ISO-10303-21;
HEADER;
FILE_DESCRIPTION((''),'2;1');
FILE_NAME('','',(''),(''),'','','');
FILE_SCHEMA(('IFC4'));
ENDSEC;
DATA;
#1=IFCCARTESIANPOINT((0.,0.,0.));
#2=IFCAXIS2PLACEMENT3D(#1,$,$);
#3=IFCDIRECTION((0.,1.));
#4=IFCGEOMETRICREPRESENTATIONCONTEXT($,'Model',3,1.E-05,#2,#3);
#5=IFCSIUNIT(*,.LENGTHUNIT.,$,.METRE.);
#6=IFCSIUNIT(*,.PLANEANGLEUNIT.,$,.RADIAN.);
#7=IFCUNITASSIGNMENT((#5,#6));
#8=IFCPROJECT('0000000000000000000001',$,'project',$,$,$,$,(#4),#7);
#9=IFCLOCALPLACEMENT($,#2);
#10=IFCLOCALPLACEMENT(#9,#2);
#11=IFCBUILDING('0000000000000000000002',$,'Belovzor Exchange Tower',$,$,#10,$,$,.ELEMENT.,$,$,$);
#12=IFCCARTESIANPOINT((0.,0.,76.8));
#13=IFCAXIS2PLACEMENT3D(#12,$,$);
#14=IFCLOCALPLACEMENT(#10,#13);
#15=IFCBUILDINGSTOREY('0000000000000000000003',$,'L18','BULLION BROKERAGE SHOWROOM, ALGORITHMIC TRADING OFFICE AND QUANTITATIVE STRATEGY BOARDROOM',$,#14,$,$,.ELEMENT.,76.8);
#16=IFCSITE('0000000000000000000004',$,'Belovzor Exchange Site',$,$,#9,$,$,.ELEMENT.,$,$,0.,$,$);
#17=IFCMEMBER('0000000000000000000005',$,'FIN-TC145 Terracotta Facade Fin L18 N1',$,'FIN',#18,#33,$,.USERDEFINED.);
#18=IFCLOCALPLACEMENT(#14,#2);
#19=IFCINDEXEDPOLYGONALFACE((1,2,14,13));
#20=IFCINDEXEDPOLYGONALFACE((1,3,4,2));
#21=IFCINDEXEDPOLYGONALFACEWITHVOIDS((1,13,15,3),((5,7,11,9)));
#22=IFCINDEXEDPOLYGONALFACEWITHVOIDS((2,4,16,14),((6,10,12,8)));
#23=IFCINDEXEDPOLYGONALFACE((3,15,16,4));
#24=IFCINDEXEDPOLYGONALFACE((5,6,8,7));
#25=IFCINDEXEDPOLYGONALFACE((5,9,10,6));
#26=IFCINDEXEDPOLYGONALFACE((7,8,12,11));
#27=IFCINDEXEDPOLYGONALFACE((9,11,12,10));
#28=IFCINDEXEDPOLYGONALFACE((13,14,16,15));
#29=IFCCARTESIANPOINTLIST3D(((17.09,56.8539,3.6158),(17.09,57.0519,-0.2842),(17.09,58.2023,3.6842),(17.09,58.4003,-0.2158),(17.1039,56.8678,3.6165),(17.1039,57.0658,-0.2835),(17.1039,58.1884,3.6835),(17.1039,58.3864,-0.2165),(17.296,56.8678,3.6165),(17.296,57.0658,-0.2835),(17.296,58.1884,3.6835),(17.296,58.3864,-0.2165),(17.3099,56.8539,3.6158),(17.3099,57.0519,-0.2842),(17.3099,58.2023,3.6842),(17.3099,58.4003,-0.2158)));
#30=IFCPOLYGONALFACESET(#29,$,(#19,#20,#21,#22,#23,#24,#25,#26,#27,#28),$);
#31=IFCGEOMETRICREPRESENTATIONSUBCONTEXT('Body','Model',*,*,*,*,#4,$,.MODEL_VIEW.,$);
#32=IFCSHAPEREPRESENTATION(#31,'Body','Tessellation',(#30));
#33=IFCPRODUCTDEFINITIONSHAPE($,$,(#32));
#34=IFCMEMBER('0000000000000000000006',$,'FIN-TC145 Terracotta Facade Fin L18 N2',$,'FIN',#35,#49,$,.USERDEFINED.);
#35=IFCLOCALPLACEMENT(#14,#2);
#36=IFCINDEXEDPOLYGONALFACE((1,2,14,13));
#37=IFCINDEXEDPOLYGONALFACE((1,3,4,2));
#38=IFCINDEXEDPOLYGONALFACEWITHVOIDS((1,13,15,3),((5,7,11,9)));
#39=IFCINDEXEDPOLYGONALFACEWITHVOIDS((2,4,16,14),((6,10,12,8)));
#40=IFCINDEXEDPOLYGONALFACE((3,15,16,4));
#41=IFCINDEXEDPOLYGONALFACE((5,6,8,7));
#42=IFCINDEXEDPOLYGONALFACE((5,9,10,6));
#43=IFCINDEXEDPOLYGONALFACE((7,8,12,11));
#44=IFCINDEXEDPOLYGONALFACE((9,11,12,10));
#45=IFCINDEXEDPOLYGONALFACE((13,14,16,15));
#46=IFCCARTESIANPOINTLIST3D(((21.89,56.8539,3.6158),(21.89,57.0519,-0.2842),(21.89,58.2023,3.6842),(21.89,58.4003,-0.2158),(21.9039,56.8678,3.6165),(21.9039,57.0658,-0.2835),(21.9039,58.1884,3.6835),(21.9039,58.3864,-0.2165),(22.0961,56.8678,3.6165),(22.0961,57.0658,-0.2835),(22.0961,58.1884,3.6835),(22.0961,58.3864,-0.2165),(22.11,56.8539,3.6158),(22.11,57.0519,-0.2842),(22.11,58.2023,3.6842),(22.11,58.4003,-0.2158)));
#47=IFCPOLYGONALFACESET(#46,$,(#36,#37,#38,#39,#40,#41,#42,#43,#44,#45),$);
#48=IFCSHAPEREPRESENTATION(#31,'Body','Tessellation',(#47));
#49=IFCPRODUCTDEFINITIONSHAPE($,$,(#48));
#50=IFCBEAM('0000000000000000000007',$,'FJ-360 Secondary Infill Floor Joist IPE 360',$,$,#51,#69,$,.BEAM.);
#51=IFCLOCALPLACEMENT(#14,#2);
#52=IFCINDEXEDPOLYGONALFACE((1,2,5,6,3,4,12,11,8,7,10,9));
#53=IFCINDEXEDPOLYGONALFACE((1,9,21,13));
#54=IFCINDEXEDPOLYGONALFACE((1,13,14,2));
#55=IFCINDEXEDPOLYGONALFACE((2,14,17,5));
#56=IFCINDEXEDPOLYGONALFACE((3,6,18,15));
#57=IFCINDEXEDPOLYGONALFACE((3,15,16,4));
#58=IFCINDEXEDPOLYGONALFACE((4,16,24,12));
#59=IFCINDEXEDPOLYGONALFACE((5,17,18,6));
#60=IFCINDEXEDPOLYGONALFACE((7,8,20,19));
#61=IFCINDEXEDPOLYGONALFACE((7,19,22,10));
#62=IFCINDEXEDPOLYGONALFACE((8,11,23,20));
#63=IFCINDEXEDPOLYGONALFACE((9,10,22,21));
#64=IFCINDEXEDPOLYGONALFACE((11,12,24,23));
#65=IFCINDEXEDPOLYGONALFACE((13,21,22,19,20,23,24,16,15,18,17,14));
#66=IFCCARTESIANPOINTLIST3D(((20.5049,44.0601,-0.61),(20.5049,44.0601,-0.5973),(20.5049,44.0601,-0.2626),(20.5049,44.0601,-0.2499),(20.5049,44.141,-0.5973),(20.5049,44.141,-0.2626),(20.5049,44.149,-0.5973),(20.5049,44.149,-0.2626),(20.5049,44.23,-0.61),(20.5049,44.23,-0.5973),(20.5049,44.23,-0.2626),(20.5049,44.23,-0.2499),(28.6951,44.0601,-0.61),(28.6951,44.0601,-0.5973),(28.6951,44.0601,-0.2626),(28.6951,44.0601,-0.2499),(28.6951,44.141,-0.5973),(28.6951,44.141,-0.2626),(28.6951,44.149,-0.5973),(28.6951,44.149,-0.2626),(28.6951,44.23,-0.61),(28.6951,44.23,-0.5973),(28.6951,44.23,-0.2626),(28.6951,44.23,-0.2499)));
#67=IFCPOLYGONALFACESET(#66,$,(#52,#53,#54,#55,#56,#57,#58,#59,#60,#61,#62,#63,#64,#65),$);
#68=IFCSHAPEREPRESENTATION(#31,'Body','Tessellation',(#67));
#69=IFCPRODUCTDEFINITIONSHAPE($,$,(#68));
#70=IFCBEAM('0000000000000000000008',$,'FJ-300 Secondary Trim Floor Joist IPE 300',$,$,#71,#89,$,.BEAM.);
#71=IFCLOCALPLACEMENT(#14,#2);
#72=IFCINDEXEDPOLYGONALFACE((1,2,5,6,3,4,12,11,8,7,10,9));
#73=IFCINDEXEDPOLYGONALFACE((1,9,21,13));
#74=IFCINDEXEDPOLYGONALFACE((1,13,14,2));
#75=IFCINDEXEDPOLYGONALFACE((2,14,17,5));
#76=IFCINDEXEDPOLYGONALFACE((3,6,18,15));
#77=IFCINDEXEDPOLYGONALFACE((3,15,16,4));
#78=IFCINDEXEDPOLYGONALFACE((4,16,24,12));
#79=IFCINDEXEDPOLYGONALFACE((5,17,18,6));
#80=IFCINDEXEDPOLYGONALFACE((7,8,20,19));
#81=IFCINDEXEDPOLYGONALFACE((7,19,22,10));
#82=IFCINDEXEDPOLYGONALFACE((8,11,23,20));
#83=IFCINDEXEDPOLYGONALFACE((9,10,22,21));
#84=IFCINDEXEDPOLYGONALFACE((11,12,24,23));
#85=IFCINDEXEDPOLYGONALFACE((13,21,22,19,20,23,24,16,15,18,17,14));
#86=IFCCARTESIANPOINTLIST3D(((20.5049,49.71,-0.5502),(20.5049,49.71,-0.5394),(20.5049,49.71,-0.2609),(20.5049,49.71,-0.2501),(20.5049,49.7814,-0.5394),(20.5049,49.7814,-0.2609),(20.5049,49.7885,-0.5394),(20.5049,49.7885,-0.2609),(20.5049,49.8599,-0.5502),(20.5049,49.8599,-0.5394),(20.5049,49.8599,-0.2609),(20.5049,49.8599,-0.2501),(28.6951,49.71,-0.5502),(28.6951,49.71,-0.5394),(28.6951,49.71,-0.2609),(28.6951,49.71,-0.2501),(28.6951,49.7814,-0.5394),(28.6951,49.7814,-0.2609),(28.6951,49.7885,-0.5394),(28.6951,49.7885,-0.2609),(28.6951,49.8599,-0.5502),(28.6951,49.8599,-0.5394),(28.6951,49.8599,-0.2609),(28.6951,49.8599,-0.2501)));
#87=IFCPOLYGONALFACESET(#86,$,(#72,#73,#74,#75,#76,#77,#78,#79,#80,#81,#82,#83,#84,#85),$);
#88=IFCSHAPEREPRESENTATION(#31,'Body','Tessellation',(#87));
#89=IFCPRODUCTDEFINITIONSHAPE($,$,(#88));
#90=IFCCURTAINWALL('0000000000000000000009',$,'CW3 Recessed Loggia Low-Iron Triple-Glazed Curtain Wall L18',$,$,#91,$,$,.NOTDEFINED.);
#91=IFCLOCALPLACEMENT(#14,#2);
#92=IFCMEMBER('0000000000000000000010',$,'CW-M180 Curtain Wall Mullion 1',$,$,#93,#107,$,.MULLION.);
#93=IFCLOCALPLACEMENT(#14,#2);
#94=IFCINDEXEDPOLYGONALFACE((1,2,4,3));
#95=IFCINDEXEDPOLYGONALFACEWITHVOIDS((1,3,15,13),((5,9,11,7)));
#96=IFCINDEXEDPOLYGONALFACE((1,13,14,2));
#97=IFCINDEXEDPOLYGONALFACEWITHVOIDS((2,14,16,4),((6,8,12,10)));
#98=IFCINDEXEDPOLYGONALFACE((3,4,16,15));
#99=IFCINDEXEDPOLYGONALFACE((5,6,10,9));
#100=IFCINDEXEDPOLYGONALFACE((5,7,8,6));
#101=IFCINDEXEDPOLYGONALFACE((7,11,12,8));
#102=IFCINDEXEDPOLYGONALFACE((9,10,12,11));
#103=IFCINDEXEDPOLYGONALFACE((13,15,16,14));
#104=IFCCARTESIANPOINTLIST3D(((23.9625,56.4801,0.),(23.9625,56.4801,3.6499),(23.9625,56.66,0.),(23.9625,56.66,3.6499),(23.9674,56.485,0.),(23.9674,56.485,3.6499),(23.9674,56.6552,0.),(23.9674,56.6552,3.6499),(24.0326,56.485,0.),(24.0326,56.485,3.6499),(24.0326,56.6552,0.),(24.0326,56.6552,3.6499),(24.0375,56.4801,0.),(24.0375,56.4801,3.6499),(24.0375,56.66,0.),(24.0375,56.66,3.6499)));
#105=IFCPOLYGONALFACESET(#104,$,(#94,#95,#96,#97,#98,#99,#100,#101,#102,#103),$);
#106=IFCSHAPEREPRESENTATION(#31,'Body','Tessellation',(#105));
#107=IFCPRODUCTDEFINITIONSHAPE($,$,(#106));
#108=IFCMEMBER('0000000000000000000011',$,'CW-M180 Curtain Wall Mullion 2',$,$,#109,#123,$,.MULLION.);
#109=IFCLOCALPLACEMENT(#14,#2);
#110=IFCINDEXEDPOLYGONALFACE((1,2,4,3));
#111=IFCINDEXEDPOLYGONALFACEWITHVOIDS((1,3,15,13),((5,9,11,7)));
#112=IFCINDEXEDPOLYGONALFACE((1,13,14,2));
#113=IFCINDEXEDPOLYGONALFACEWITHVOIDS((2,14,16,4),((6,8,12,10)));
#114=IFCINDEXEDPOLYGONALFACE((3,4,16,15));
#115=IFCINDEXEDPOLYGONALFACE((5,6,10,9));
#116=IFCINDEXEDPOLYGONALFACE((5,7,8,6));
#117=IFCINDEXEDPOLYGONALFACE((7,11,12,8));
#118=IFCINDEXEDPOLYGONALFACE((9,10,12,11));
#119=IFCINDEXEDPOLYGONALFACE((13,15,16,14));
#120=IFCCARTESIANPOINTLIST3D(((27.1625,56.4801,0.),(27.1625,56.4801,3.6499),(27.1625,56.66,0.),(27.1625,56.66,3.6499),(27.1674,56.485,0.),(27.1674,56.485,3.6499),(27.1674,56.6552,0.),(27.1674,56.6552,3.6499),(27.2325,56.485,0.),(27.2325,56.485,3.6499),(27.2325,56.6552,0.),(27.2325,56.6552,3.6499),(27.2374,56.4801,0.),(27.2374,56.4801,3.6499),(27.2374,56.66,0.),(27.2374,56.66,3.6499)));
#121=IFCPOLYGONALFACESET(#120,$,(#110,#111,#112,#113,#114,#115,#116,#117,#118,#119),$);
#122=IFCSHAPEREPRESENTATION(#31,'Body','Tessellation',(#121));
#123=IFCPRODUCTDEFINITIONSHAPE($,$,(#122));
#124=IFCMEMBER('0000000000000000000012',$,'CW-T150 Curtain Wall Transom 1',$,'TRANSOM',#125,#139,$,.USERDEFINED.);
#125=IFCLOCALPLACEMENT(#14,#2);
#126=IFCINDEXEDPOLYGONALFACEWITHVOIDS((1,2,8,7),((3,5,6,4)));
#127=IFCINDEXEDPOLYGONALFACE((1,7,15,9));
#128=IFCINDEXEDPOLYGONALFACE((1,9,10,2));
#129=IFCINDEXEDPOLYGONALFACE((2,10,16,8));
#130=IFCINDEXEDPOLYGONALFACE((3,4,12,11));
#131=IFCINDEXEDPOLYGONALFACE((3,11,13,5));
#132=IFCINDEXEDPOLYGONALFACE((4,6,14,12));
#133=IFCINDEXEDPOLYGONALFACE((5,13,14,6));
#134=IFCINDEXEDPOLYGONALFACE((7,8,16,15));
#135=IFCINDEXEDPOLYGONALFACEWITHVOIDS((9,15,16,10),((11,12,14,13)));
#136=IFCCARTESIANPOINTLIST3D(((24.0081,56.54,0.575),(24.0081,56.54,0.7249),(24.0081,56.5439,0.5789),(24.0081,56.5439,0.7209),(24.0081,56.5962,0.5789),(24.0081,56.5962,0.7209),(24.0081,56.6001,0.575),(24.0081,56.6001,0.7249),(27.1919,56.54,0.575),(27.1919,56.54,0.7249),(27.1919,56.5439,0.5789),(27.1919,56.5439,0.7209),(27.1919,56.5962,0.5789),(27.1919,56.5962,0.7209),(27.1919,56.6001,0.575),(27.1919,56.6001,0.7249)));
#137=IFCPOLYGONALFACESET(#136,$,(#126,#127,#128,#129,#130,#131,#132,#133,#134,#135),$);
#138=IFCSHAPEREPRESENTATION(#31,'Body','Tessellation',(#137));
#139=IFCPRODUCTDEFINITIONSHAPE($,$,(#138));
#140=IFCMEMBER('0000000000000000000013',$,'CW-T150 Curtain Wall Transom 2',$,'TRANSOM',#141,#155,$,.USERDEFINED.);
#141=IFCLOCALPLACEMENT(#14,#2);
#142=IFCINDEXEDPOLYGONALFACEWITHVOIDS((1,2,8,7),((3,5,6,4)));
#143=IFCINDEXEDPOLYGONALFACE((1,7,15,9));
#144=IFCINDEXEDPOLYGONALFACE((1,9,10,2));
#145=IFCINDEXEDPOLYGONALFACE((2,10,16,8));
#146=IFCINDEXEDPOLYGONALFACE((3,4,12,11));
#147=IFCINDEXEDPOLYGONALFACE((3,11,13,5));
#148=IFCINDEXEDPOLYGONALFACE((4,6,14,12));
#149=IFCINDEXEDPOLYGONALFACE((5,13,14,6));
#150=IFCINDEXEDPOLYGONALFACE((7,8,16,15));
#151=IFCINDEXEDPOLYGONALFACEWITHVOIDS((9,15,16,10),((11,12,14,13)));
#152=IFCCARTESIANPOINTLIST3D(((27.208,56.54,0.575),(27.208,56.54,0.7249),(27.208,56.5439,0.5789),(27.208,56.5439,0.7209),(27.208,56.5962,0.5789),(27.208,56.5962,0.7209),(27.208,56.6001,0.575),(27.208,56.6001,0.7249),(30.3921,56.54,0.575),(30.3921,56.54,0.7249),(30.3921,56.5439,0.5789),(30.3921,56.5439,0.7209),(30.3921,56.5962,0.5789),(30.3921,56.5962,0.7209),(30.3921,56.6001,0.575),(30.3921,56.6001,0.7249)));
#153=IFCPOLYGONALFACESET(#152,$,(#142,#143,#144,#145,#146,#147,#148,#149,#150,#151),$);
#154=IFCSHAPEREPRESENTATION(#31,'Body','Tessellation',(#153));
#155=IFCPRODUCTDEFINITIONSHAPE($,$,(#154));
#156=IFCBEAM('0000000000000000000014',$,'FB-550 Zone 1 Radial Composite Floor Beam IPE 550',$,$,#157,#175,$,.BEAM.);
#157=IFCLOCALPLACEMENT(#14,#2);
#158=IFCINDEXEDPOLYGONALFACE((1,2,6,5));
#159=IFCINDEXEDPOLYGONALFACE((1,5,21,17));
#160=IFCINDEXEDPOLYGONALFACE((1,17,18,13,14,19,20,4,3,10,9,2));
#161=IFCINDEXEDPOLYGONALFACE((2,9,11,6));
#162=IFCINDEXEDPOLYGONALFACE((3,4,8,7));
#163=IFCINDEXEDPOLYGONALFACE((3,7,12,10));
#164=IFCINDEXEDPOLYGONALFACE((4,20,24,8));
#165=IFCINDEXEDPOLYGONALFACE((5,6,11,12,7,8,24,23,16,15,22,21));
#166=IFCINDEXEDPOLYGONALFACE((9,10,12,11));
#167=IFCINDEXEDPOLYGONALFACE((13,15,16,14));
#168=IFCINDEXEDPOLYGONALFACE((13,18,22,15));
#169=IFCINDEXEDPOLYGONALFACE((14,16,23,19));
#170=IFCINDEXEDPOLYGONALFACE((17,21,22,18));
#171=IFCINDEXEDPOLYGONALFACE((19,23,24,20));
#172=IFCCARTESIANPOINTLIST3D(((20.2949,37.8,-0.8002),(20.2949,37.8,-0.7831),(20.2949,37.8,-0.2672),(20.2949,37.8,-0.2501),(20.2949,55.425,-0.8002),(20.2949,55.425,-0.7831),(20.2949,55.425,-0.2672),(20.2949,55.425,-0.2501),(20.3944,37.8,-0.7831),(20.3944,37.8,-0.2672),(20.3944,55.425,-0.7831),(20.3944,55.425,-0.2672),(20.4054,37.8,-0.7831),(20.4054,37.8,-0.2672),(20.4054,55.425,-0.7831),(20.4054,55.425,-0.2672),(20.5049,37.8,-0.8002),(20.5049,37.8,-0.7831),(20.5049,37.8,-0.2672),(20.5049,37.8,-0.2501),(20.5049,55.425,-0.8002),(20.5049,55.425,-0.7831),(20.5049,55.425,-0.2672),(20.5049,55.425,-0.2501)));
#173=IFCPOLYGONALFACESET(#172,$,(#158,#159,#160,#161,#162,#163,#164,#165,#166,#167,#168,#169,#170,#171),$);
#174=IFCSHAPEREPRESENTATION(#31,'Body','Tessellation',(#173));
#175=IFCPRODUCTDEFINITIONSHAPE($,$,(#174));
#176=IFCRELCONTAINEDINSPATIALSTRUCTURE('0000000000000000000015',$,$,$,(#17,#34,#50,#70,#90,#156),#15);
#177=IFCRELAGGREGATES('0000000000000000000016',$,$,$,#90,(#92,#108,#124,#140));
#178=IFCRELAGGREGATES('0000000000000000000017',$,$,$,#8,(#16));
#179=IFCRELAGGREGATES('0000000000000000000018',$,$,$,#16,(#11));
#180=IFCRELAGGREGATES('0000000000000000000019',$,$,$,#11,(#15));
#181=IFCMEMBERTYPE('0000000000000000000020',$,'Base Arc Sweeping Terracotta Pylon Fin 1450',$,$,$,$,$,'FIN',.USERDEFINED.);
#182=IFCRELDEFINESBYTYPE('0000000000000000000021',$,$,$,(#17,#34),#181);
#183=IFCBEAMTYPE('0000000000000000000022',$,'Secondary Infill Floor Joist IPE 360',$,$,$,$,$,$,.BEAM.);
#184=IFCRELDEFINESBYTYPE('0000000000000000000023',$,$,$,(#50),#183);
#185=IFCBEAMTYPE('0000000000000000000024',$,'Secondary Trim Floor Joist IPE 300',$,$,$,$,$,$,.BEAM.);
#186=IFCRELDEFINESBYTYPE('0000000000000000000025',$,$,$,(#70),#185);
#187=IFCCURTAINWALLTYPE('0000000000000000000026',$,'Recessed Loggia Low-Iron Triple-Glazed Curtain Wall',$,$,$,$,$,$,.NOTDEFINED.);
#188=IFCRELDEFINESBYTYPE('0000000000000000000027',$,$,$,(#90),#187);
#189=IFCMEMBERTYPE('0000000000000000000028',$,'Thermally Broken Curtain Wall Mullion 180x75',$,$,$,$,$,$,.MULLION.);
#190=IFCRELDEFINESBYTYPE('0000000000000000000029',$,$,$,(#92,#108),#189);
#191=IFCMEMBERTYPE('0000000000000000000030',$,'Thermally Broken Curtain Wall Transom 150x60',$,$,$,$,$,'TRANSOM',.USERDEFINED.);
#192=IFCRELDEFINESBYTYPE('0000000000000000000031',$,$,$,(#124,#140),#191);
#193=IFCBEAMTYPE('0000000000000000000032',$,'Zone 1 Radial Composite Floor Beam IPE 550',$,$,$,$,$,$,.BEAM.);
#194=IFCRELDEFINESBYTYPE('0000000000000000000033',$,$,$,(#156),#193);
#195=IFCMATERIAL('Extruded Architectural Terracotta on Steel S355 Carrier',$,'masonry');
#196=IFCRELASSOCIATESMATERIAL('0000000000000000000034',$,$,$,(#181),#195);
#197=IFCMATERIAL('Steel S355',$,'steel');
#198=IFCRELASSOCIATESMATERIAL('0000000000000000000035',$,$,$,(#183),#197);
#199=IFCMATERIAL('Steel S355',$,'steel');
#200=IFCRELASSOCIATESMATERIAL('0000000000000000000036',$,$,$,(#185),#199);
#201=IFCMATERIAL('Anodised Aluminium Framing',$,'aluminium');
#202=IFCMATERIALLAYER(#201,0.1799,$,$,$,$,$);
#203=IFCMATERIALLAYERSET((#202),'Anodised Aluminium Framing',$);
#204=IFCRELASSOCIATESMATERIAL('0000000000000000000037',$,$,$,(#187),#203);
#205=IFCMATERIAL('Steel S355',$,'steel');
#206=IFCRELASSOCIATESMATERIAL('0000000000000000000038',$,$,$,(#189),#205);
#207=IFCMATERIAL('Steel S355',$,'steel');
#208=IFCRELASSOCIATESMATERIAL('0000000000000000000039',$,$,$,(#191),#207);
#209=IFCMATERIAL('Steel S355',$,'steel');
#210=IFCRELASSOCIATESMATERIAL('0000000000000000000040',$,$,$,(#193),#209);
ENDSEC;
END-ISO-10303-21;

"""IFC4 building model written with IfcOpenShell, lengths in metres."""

from ifc_helpers import new_model, si_unit, direction, frame, origin, origin_2d, place, context, subcontext, project, spatial, hollow_rectangle, i_section, extrude, material, layer, layer_set, material_profile, profile_set, type_object, element, aggregate, save


model = new_model("IFC4")

# Units and contexts
model_context = context("Model", 3, precision=1e-05, world=origin(), true_north=direction((0.0, 1.0)))
body_context = subcontext(model_context, "Body", "Model", "MODEL_VIEW")
ifc_project = project(units=[si_unit("LENGTHUNIT", "METRE"), si_unit("PLANEANGLEUNIT", "RADIAN")], contexts=[model_context])

# Site, building, storey
site_placement = place(None, origin())
site = spatial("IfcSite", under=ifc_project, at=site_placement, Name="Belovzor Exchange Site", CompositionType="ELEMENT", RefElevation=0.0)
building_placement = place(site_placement, origin())
building = spatial("IfcBuilding", under=site, at=building_placement, Name="Belovzor Exchange Tower", CompositionType="ELEMENT")
storey_placement = place(building_placement, frame((0.0, 0.0, 76.8)))
storey = spatial("IfcBuildingStorey", under=building, at=storey_placement, Name="L18", Description="BULLION BROKERAGE SHOWROOM, ALGORITHMIC TRADING OFFICE AND QUANTITATIVE STRATEGY BOARDROOM", CompositionType="ELEMENT", Elevation=76.8)

# Members
ifc_material_1 = material(Name="Extruded Architectural Terracotta on Steel S355 Carrier", Category="masonry")
ifc_material_profile_1 = material_profile(ifc_material_1, hollow_rectangle(XDim=0.22, YDim=1.3501, WallThickness=0.0139, at=origin_2d()))
ifc_profile_set_1 = profile_set([ifc_material_profile_1], Name="Extruded Architectural Terracotta on Steel S355 Carrier")
member_type_1 = type_object("IfcMemberType", Name="Base Arc Sweeping Terracotta Pylon Fin 1450", ElementType="FIN", PredefinedType="USERDEFINED", material=ifc_profile_set_1)
for number, where, z_axis, x_axis, name in (
    (1, (17.2, 57.7261, -0.25), (0.0, -0.050705, 0.998714), (1.0, 0.0, 0.0), "FIN-TC145 Terracotta Facade Fin L18 N1"),
    (2, (22.0, 57.7261, -0.25), (0.0, -0.050705, 0.998714), (1.0, 0.0, 0.0), "FIN-TC145 Terracotta Facade Fin L18 N2"),
):
    element("IfcMember", number, at=place(storey_placement, frame(where, z_axis=z_axis, x_axis=x_axis)), inside=storey, type_object=member_type_1, Name=name, ObjectType="FIN", PredefinedType="USERDEFINED", context=body_context, shape_type="SweptSolid", body=[
        extrude(hollow_rectangle(XDim=0.22, YDim=1.3501, WallThickness=0.0139, at=origin_2d()), origin(), (0.0, 0.0, 1.0), 3.905),
    ])

# Beams
ifc_material_2 = material(Name="Steel S355", Category="steel")
ifc_material_profile_2 = material_profile(ifc_material_2, i_section(OverallWidth=0.1699, OverallDepth=0.3601, WebThickness=0.0081, FlangeThickness=0.0127, at=origin_2d()))
ifc_profile_set_2 = profile_set([ifc_material_profile_2], Name="Steel S355")
beam_type_1 = type_object("IfcBeamType", Name="Secondary Infill Floor Joist IPE 360", PredefinedType="BEAM", material=ifc_profile_set_2)
beam_1_placement = place(storey_placement, frame((20.5049, 44.145, -0.4299), z_axis=(1.0, 0.0, 0.0), x_axis=(0.0, 1.0, 0.0)))
element("IfcBeam", 3, at=beam_1_placement, inside=storey, type_object=beam_type_1, Name="FJ-360 Secondary Infill Floor Joist IPE 360", PredefinedType="BEAM", context=body_context, shape_type="SweptSolid", body=[
    extrude(i_section(OverallWidth=0.1699, OverallDepth=0.3601, WebThickness=0.0081, FlangeThickness=0.0127, at=origin_2d()), origin(), (0.0, 0.0, 1.0), 8.1902),
])
ifc_material_3 = material(Name="Steel S355", Category="steel")
ifc_material_profile_3 = material_profile(ifc_material_3, i_section(OverallWidth=0.1499, OverallDepth=0.3, WebThickness=0.0071, FlangeThickness=0.0107, at=origin_2d()))
ifc_profile_set_3 = profile_set([ifc_material_profile_3], Name="Steel S355")
beam_type_2 = type_object("IfcBeamType", Name="Secondary Trim Floor Joist IPE 300", PredefinedType="BEAM", material=ifc_profile_set_3)
beam_2_placement = place(storey_placement, frame((20.5049, 49.7849, -0.4001), z_axis=(1.0, 0.0, 0.0), x_axis=(0.0, 1.0, 0.0)))
element("IfcBeam", 4, at=beam_2_placement, inside=storey, type_object=beam_type_2, Name="FJ-300 Secondary Trim Floor Joist IPE 300", PredefinedType="BEAM", context=body_context, shape_type="SweptSolid", body=[
    extrude(i_section(OverallWidth=0.1499, OverallDepth=0.3, WebThickness=0.0071, FlangeThickness=0.0107, at=origin_2d()), origin(), (0.0, 0.0, 1.0), 8.1902),
])

# Curtain wall, members
ifc_material_4 = material(Name="Anodised Aluminium Framing", Category="aluminium")
ifc_layer_1 = layer(ifc_material_4, 0.1799)
ifc_layer_set_1 = layer_set([ifc_layer_1], Name="Anodised Aluminium Framing")
curtain_wall_type = type_object("IfcCurtainWallType", Name="Recessed Loggia Low-Iron Triple-Glazed Curtain Wall", PredefinedType="NOTDEFINED", material=ifc_layer_set_1)
curtain_wall_placement = place(storey_placement, origin())
curtain_wall = element("IfcCurtainWall", 5, at=curtain_wall_placement, inside=storey, type_object=curtain_wall_type, Name="CW3 Recessed Loggia Low-Iron Triple-Glazed Curtain Wall L18", PredefinedType="NOTDEFINED")
ifc_material_5 = material(Name="Steel S355", Category="steel")
ifc_material_profile_4 = material_profile(ifc_material_5, hollow_rectangle(XDim=0.075, YDim=0.1799, WallThickness=0.0049, at=origin_2d()))
ifc_profile_set_4 = profile_set([ifc_material_profile_4], Name="Steel S355")
member_type_2 = type_object("IfcMemberType", Name="Thermally Broken Curtain Wall Mullion 180x75", PredefinedType="MULLION", material=ifc_profile_set_4)
member_1_placement = place(storey_placement, frame((24.0, 56.5701, 0.0), z_axis=(0.0, 0.0, 1.0), x_axis=(1.0, 0.0, 0.0)))
member_1 = element("IfcMember", 6, at=member_1_placement, type_object=member_type_2, Name="CW-M180 Curtain Wall Mullion 1", PredefinedType="MULLION", context=body_context, shape_type="SweptSolid", body=[
    extrude(hollow_rectangle(XDim=0.075, YDim=0.1799, WallThickness=0.0049, at=origin_2d()), origin(), (0.0, 0.0, 1.0), 3.6499),
])
member_2_placement = place(storey_placement, frame((27.2, 56.5701, 0.0), z_axis=(0.0, 0.0, 1.0), x_axis=(1.0, 0.0, 0.0)))
member_2 = element("IfcMember", 7, at=member_2_placement, type_object=member_type_2, Name="CW-M180 Curtain Wall Mullion 2", PredefinedType="MULLION", context=body_context, shape_type="SweptSolid", body=[
    extrude(hollow_rectangle(XDim=0.075, YDim=0.1799, WallThickness=0.0049, at=origin_2d()), origin(), (0.0, 0.0, 1.0), 3.6499),
])
ifc_material_6 = material(Name="Steel S355", Category="steel")
ifc_material_profile_5 = material_profile(ifc_material_6, hollow_rectangle(XDim=0.0601, YDim=0.1499, WallThickness=0.0039, at=origin_2d()))
ifc_profile_set_5 = profile_set([ifc_material_profile_5], Name="Steel S355")
member_type_3 = type_object("IfcMemberType", Name="Thermally Broken Curtain Wall Transom 150x60", ElementType="TRANSOM", PredefinedType="USERDEFINED", material=ifc_profile_set_5)
member_3_placement = place(storey_placement, frame((24.0081, 56.5701, 0.6499), z_axis=(1.0, 0.0, 0.0), x_axis=(0.0, 1.0, 0.0)))
member_3 = element("IfcMember", 8, at=member_3_placement, type_object=member_type_3, Name="CW-T150 Curtain Wall Transom 1", ObjectType="TRANSOM", PredefinedType="USERDEFINED", context=body_context, shape_type="SweptSolid", body=[
    extrude(hollow_rectangle(XDim=0.0601, YDim=0.1499, WallThickness=0.0039, at=origin_2d()), origin(), (0.0, 0.0, 1.0), 3.1838),
])
member_4_placement = place(storey_placement, frame((27.208, 56.5701, 0.6499), z_axis=(1.0, 0.0, 0.0), x_axis=(0.0, 1.0, 0.0)))
member_4 = element("IfcMember", 9, at=member_4_placement, type_object=member_type_3, Name="CW-T150 Curtain Wall Transom 2", ObjectType="TRANSOM", PredefinedType="USERDEFINED", context=body_context, shape_type="SweptSolid", body=[
    extrude(hollow_rectangle(XDim=0.0601, YDim=0.1499, WallThickness=0.0039, at=origin_2d()), origin(), (0.0, 0.0, 1.0), 3.1841),
])

# Beam
ifc_material_7 = material(Name="Steel S355", Category="steel")
ifc_material_profile_6 = material_profile(ifc_material_7, i_section(OverallWidth=0.21, OverallDepth=0.55, WebThickness=0.011, FlangeThickness=0.0171, at=origin_2d()))
ifc_profile_set_6 = profile_set([ifc_material_profile_6], Name="Steel S355")
beam_type_3 = type_object("IfcBeamType", Name="Zone 1 Radial Composite Floor Beam IPE 550", PredefinedType="BEAM", material=ifc_profile_set_6)
for number, where, z_axis, x_axis, name in (
    (10, (20.3999, 37.8, -0.5251), (0.0, 1.0, 0.0), (-1.0, 0.0, 0.0), "FB-550 Zone 1 Radial Composite Floor Beam IPE 550"),
):
    element("IfcBeam", number, at=place(storey_placement, frame(where, z_axis=z_axis, x_axis=x_axis)), inside=storey, type_object=beam_type_3, Name=name, PredefinedType="BEAM", context=body_context, shape_type="SweptSolid", body=[
        extrude(i_section(OverallWidth=0.21, OverallDepth=0.55, WebThickness=0.011, FlangeThickness=0.0171, at=origin_2d()), origin(), (0.0, 0.0, 1.0), 17.625),
    ])

aggregate(curtain_wall, [member_1, member_2, member_3, member_4])

save(model, "model.ifc")
